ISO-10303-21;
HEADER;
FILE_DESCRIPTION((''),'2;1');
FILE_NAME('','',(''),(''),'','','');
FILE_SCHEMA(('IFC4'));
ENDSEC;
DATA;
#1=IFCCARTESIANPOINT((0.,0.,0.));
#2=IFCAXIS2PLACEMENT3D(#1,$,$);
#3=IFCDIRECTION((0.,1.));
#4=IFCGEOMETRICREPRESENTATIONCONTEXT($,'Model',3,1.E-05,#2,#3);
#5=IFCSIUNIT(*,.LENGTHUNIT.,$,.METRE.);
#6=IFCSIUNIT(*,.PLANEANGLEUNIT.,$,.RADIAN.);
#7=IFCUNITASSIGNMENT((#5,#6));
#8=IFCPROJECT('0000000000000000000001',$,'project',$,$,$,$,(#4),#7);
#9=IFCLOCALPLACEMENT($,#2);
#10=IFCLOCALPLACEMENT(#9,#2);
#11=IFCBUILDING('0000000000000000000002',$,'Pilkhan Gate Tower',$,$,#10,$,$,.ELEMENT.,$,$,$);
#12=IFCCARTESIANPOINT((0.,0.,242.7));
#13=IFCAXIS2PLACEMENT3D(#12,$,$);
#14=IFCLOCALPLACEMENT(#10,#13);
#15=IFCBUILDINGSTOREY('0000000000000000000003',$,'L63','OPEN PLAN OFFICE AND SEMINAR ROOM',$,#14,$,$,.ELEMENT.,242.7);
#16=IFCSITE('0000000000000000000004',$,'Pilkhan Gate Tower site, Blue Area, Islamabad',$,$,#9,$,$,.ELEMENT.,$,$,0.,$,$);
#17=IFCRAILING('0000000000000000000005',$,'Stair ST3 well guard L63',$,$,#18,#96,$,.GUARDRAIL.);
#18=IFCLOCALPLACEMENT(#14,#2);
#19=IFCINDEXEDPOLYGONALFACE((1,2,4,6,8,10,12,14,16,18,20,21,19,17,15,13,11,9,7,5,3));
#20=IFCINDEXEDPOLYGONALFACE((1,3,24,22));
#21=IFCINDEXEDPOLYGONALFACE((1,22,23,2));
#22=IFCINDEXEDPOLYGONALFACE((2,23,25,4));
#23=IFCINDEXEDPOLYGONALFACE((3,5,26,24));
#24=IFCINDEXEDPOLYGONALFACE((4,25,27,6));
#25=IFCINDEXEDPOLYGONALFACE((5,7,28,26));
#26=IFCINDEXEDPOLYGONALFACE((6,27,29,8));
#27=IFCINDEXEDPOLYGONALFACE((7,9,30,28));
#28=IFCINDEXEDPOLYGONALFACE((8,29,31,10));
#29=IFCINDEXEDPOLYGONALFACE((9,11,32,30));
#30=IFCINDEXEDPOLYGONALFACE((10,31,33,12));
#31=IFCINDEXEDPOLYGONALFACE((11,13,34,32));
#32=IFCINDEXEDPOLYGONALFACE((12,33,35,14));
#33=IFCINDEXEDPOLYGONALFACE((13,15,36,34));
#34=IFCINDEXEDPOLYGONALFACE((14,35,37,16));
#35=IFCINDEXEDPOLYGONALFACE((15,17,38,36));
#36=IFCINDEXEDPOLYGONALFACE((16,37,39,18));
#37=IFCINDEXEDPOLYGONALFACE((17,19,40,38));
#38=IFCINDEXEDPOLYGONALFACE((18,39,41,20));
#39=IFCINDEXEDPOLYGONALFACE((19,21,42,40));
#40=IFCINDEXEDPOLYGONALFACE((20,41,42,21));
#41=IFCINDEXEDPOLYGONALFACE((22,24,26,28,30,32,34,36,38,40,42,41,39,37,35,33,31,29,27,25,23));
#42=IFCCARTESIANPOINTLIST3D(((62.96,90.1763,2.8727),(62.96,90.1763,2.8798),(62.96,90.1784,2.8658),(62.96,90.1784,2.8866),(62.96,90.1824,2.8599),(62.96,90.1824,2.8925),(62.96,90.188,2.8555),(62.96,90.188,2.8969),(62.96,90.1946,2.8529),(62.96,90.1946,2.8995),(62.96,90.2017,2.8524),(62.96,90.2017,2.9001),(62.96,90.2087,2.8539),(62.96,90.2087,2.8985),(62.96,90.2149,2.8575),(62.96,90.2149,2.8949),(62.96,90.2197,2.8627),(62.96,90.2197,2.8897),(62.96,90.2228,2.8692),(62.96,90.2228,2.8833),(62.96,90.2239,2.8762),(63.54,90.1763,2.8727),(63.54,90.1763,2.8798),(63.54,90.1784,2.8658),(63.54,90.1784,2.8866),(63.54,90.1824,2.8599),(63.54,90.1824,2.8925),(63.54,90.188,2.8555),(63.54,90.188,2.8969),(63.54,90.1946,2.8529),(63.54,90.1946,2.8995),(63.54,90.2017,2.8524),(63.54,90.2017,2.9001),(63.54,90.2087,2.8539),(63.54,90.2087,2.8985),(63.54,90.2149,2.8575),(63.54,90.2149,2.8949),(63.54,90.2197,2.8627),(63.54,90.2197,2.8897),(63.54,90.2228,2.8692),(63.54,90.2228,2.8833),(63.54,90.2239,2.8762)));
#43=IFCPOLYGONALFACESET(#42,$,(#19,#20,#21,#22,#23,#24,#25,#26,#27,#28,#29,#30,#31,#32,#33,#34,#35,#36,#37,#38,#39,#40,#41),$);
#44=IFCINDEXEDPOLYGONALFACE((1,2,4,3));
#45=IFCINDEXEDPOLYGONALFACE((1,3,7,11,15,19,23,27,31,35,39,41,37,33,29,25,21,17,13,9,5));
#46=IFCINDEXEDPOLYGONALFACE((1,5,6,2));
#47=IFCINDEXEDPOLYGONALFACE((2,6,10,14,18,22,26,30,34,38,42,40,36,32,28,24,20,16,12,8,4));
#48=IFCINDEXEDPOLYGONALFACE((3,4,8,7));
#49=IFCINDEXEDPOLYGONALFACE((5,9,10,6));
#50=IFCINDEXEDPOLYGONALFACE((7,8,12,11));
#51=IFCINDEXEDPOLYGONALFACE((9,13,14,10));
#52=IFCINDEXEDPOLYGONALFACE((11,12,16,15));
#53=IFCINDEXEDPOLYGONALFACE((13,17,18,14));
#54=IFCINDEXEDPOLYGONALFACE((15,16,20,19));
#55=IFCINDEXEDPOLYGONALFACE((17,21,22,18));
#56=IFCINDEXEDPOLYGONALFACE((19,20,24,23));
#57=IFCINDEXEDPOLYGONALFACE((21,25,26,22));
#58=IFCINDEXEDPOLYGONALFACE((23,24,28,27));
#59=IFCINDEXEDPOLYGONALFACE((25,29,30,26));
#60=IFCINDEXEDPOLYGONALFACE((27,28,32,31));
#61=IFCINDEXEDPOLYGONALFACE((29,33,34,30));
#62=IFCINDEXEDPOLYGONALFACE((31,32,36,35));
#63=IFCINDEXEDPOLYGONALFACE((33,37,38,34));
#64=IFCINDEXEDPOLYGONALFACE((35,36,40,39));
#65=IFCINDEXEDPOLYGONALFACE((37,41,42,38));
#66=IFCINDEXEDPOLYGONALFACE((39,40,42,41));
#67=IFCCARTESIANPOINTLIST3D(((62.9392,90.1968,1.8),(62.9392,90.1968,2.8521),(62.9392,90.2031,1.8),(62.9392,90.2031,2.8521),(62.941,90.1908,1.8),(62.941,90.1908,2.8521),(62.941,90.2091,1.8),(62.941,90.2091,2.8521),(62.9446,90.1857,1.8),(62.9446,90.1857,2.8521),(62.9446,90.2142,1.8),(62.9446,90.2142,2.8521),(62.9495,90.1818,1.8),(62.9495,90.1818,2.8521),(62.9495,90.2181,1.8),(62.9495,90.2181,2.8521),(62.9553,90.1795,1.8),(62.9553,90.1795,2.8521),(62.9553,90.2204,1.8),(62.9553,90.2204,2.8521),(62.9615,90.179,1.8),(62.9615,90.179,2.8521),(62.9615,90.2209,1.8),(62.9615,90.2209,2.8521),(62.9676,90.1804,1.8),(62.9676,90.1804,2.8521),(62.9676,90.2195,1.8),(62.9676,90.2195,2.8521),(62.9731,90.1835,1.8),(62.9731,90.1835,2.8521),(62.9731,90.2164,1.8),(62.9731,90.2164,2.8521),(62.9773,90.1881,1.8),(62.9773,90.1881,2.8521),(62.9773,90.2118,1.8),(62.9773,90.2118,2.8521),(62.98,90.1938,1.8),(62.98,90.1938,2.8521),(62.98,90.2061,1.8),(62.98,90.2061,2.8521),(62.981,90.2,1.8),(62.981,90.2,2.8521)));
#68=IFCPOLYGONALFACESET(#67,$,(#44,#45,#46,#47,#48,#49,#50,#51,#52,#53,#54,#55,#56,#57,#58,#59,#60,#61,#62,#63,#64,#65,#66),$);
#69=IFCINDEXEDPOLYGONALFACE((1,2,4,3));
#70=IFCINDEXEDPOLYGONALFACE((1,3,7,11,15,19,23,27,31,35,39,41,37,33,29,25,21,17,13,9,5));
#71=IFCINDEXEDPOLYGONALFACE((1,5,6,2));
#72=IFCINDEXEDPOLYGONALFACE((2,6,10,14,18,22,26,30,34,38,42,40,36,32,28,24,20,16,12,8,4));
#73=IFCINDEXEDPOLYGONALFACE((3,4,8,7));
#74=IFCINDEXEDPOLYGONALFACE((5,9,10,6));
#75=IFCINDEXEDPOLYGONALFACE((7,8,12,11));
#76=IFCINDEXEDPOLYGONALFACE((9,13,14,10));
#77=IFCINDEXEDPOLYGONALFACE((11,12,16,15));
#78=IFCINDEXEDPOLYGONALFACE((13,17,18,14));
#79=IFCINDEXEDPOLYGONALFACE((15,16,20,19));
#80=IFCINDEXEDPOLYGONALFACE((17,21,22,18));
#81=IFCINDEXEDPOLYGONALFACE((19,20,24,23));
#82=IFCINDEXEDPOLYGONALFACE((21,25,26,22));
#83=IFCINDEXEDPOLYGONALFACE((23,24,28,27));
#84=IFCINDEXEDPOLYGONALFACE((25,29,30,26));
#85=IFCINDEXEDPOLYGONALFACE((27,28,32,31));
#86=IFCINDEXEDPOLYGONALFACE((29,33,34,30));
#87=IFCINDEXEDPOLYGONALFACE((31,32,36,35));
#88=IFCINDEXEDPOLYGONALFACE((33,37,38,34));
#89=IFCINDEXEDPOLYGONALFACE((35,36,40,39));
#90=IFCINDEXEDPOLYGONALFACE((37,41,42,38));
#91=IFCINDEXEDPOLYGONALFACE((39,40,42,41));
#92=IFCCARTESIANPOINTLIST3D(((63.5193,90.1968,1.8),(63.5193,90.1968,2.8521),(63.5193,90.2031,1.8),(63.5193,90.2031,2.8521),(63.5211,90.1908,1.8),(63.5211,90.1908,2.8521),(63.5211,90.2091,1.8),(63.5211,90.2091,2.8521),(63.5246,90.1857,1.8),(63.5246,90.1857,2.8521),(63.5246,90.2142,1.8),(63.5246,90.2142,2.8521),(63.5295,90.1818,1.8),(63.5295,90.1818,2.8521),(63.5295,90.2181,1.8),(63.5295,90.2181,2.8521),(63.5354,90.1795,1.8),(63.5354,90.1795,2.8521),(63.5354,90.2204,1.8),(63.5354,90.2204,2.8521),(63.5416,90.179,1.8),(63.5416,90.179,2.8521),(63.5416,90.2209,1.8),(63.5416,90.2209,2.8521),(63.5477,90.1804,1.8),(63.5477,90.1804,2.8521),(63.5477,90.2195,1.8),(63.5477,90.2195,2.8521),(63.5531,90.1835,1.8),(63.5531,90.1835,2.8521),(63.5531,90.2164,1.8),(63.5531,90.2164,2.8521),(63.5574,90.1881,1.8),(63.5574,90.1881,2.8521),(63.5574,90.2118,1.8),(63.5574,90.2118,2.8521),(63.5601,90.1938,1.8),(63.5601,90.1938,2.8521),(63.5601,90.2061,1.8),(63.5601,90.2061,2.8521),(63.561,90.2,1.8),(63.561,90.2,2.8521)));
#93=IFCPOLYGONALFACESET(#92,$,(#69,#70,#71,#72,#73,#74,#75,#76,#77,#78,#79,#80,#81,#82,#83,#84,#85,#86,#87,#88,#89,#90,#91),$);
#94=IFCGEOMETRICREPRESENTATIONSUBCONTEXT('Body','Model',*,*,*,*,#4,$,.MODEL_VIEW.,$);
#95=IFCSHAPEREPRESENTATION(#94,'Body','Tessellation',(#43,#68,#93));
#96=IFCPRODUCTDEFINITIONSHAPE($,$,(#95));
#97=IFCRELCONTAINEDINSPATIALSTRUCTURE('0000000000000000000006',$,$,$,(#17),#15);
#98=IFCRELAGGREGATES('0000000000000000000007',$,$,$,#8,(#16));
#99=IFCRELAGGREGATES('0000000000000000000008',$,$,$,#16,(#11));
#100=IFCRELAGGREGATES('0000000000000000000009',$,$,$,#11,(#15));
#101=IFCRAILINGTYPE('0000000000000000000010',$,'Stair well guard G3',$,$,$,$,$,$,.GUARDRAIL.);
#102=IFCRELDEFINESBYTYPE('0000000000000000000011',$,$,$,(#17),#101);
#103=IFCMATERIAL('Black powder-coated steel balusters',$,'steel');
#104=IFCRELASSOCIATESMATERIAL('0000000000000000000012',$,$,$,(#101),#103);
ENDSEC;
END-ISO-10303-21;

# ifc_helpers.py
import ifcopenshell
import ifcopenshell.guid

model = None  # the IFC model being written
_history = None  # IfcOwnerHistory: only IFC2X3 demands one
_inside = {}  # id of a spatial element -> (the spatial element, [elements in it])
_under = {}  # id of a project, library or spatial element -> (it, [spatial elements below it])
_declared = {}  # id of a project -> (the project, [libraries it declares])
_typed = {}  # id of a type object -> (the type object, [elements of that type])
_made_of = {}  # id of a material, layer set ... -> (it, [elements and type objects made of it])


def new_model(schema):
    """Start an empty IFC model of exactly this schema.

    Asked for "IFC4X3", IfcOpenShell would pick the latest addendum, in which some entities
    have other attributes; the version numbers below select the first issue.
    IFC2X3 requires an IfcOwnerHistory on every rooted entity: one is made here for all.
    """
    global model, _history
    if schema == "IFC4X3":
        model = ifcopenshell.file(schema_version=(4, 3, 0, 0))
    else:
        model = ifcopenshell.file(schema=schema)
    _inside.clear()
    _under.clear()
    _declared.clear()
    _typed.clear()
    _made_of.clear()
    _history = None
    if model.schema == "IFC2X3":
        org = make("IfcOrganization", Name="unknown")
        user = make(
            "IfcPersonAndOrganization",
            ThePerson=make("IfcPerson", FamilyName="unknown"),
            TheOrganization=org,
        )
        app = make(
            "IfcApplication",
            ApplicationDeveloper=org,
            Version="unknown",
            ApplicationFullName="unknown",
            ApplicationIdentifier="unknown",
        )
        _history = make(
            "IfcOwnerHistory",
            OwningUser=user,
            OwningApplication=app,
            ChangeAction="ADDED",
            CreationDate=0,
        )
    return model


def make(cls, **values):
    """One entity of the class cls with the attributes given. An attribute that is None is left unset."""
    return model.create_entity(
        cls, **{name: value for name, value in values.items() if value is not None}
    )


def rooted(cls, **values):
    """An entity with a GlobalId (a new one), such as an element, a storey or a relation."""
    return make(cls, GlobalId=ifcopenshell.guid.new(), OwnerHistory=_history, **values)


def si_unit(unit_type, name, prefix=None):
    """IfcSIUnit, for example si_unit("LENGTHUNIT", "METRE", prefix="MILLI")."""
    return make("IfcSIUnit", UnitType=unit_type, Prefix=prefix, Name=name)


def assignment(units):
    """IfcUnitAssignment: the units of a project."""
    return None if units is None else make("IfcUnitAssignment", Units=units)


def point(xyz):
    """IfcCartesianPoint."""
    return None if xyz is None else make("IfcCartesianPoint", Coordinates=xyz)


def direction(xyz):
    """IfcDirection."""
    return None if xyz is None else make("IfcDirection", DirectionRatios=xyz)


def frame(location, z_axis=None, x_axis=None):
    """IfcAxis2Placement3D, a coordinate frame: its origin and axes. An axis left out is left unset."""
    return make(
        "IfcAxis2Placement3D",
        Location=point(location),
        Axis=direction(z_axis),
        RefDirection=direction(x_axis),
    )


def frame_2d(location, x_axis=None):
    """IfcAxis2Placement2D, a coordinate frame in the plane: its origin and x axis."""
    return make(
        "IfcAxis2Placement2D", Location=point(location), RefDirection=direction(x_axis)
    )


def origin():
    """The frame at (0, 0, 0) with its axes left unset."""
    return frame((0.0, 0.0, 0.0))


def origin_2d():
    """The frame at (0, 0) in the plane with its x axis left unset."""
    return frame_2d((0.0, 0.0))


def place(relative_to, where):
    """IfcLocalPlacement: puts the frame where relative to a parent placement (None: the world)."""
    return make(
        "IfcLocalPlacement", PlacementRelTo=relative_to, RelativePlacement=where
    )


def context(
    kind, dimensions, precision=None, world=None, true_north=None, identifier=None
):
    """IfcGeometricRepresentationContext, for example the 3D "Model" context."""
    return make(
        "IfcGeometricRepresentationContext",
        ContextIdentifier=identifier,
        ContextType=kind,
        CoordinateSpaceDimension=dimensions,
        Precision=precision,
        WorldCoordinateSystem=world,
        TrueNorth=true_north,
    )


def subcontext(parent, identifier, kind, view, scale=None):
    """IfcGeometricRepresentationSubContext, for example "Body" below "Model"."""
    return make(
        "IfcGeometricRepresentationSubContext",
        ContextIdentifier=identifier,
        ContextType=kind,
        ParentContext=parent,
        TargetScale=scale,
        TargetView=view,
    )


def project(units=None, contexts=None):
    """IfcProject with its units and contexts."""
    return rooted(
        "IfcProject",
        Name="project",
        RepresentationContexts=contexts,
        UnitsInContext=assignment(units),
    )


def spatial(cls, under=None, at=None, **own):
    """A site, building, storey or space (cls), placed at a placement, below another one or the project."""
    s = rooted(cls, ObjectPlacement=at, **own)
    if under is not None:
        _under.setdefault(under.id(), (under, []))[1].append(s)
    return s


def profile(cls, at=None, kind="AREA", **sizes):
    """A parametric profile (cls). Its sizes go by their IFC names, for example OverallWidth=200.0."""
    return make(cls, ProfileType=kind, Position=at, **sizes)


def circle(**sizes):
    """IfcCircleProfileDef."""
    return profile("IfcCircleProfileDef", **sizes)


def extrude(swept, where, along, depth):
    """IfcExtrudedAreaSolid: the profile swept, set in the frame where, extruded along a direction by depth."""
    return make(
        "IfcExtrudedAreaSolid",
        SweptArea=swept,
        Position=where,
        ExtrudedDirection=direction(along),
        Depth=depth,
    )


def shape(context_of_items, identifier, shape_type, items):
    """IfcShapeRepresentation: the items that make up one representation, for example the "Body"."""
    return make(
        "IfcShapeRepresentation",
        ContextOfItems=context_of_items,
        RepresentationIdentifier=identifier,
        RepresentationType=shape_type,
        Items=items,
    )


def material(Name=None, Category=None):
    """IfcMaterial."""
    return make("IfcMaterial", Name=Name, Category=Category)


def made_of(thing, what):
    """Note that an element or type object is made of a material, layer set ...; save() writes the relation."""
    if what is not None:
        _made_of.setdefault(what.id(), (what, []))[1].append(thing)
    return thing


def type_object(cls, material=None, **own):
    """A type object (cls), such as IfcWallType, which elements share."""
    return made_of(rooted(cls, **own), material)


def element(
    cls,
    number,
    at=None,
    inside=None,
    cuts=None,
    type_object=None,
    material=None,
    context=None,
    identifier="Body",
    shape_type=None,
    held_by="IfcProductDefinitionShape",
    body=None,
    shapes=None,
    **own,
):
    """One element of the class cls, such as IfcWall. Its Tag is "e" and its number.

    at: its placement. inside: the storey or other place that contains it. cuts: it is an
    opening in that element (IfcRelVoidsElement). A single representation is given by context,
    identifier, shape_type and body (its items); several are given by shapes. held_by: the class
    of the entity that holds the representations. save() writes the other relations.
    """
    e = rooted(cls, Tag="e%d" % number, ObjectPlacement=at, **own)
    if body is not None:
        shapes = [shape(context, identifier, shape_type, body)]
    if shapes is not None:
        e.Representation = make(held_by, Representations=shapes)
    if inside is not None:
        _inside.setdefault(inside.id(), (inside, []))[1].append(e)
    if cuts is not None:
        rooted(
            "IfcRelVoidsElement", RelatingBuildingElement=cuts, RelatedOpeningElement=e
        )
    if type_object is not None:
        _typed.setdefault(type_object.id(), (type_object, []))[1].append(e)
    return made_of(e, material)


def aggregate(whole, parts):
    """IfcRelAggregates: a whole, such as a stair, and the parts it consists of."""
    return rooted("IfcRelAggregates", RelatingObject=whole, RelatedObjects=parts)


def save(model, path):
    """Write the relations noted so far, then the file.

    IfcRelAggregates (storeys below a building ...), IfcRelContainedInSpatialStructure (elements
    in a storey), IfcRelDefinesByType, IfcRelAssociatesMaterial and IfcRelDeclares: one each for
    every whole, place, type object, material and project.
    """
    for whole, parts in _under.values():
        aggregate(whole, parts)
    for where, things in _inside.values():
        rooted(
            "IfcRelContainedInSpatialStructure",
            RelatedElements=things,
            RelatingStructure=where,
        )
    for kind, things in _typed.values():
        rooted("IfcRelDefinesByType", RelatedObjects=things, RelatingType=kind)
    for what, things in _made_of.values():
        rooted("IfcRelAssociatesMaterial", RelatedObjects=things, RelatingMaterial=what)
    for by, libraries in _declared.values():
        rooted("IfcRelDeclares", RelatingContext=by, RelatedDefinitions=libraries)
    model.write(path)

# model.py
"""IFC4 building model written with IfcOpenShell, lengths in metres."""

from ifc_helpers import new_model, si_unit, direction, frame, origin, origin_2d, place, context, subcontext, project, spatial, circle, extrude, material, type_object, element, save


model = new_model("IFC4")

# Units and contexts
model_context = context("Model", 3, precision=1e-05, world=origin(), true_north=direction((0.0, 1.0)))
body_context = subcontext(model_context, "Body", "Model", "MODEL_VIEW")
ifc_project = project(units=[si_unit("LENGTHUNIT", "METRE"), si_unit("PLANEANGLEUNIT", "RADIAN")], contexts=[model_context])

# Site, building, storey
site_placement = place(None, origin())
site = spatial("IfcSite", under=ifc_project, at=site_placement, Name="Pilkhan Gate Tower site, Blue Area, Islamabad", CompositionType="ELEMENT", RefElevation=0.0)
building_placement = place(site_placement, origin())
building = spatial("IfcBuilding", under=site, at=building_placement, Name="Pilkhan Gate Tower", CompositionType="ELEMENT")
storey_placement = place(building_placement, frame((0.0, 0.0, 242.7)))
storey = spatial("IfcBuildingStorey", under=building, at=storey_placement, Name="L63", Description="OPEN PLAN OFFICE AND SEMINAR ROOM", CompositionType="ELEMENT", Elevation=242.7)

# Railing
ifc_material_1 = material(Name="Black powder-coated steel balusters", Category="steel")
railing_type_1 = type_object("IfcRailingType", Name="Stair well guard G3", PredefinedType="GUARDRAIL", material=ifc_material_1)
for number, where, name in (
    (1, (62.96, 90.2, 1.8), "Stair ST3 well guard L63"),
):
    element("IfcRailing", number, at=place(storey_placement, frame(where)), inside=storey, type_object=railing_type_1, Name=name, PredefinedType="GUARDRAIL", context=body_context, shape_type="SweptSolid", body=[
        extrude(circle(Radius=0.0239, at=origin_2d()), frame((0.0, 0.0, 1.0762), z_axis=(1.0, 0.0, 0.0), x_axis=(0.0, 1.0, 0.0)), (0.0, 0.0, 1.0), 0.5801),
        extrude(circle(Radius=0.021, at=origin_2d()), origin(), (0.0, 0.0, 1.0), 1.052),
        extrude(circle(Radius=0.021, at=origin_2d()), frame((0.5801, 0.0, 0.0)), (0.0, 0.0, 1.0), 1.052),
    ])

save(model, "model.ifc")
